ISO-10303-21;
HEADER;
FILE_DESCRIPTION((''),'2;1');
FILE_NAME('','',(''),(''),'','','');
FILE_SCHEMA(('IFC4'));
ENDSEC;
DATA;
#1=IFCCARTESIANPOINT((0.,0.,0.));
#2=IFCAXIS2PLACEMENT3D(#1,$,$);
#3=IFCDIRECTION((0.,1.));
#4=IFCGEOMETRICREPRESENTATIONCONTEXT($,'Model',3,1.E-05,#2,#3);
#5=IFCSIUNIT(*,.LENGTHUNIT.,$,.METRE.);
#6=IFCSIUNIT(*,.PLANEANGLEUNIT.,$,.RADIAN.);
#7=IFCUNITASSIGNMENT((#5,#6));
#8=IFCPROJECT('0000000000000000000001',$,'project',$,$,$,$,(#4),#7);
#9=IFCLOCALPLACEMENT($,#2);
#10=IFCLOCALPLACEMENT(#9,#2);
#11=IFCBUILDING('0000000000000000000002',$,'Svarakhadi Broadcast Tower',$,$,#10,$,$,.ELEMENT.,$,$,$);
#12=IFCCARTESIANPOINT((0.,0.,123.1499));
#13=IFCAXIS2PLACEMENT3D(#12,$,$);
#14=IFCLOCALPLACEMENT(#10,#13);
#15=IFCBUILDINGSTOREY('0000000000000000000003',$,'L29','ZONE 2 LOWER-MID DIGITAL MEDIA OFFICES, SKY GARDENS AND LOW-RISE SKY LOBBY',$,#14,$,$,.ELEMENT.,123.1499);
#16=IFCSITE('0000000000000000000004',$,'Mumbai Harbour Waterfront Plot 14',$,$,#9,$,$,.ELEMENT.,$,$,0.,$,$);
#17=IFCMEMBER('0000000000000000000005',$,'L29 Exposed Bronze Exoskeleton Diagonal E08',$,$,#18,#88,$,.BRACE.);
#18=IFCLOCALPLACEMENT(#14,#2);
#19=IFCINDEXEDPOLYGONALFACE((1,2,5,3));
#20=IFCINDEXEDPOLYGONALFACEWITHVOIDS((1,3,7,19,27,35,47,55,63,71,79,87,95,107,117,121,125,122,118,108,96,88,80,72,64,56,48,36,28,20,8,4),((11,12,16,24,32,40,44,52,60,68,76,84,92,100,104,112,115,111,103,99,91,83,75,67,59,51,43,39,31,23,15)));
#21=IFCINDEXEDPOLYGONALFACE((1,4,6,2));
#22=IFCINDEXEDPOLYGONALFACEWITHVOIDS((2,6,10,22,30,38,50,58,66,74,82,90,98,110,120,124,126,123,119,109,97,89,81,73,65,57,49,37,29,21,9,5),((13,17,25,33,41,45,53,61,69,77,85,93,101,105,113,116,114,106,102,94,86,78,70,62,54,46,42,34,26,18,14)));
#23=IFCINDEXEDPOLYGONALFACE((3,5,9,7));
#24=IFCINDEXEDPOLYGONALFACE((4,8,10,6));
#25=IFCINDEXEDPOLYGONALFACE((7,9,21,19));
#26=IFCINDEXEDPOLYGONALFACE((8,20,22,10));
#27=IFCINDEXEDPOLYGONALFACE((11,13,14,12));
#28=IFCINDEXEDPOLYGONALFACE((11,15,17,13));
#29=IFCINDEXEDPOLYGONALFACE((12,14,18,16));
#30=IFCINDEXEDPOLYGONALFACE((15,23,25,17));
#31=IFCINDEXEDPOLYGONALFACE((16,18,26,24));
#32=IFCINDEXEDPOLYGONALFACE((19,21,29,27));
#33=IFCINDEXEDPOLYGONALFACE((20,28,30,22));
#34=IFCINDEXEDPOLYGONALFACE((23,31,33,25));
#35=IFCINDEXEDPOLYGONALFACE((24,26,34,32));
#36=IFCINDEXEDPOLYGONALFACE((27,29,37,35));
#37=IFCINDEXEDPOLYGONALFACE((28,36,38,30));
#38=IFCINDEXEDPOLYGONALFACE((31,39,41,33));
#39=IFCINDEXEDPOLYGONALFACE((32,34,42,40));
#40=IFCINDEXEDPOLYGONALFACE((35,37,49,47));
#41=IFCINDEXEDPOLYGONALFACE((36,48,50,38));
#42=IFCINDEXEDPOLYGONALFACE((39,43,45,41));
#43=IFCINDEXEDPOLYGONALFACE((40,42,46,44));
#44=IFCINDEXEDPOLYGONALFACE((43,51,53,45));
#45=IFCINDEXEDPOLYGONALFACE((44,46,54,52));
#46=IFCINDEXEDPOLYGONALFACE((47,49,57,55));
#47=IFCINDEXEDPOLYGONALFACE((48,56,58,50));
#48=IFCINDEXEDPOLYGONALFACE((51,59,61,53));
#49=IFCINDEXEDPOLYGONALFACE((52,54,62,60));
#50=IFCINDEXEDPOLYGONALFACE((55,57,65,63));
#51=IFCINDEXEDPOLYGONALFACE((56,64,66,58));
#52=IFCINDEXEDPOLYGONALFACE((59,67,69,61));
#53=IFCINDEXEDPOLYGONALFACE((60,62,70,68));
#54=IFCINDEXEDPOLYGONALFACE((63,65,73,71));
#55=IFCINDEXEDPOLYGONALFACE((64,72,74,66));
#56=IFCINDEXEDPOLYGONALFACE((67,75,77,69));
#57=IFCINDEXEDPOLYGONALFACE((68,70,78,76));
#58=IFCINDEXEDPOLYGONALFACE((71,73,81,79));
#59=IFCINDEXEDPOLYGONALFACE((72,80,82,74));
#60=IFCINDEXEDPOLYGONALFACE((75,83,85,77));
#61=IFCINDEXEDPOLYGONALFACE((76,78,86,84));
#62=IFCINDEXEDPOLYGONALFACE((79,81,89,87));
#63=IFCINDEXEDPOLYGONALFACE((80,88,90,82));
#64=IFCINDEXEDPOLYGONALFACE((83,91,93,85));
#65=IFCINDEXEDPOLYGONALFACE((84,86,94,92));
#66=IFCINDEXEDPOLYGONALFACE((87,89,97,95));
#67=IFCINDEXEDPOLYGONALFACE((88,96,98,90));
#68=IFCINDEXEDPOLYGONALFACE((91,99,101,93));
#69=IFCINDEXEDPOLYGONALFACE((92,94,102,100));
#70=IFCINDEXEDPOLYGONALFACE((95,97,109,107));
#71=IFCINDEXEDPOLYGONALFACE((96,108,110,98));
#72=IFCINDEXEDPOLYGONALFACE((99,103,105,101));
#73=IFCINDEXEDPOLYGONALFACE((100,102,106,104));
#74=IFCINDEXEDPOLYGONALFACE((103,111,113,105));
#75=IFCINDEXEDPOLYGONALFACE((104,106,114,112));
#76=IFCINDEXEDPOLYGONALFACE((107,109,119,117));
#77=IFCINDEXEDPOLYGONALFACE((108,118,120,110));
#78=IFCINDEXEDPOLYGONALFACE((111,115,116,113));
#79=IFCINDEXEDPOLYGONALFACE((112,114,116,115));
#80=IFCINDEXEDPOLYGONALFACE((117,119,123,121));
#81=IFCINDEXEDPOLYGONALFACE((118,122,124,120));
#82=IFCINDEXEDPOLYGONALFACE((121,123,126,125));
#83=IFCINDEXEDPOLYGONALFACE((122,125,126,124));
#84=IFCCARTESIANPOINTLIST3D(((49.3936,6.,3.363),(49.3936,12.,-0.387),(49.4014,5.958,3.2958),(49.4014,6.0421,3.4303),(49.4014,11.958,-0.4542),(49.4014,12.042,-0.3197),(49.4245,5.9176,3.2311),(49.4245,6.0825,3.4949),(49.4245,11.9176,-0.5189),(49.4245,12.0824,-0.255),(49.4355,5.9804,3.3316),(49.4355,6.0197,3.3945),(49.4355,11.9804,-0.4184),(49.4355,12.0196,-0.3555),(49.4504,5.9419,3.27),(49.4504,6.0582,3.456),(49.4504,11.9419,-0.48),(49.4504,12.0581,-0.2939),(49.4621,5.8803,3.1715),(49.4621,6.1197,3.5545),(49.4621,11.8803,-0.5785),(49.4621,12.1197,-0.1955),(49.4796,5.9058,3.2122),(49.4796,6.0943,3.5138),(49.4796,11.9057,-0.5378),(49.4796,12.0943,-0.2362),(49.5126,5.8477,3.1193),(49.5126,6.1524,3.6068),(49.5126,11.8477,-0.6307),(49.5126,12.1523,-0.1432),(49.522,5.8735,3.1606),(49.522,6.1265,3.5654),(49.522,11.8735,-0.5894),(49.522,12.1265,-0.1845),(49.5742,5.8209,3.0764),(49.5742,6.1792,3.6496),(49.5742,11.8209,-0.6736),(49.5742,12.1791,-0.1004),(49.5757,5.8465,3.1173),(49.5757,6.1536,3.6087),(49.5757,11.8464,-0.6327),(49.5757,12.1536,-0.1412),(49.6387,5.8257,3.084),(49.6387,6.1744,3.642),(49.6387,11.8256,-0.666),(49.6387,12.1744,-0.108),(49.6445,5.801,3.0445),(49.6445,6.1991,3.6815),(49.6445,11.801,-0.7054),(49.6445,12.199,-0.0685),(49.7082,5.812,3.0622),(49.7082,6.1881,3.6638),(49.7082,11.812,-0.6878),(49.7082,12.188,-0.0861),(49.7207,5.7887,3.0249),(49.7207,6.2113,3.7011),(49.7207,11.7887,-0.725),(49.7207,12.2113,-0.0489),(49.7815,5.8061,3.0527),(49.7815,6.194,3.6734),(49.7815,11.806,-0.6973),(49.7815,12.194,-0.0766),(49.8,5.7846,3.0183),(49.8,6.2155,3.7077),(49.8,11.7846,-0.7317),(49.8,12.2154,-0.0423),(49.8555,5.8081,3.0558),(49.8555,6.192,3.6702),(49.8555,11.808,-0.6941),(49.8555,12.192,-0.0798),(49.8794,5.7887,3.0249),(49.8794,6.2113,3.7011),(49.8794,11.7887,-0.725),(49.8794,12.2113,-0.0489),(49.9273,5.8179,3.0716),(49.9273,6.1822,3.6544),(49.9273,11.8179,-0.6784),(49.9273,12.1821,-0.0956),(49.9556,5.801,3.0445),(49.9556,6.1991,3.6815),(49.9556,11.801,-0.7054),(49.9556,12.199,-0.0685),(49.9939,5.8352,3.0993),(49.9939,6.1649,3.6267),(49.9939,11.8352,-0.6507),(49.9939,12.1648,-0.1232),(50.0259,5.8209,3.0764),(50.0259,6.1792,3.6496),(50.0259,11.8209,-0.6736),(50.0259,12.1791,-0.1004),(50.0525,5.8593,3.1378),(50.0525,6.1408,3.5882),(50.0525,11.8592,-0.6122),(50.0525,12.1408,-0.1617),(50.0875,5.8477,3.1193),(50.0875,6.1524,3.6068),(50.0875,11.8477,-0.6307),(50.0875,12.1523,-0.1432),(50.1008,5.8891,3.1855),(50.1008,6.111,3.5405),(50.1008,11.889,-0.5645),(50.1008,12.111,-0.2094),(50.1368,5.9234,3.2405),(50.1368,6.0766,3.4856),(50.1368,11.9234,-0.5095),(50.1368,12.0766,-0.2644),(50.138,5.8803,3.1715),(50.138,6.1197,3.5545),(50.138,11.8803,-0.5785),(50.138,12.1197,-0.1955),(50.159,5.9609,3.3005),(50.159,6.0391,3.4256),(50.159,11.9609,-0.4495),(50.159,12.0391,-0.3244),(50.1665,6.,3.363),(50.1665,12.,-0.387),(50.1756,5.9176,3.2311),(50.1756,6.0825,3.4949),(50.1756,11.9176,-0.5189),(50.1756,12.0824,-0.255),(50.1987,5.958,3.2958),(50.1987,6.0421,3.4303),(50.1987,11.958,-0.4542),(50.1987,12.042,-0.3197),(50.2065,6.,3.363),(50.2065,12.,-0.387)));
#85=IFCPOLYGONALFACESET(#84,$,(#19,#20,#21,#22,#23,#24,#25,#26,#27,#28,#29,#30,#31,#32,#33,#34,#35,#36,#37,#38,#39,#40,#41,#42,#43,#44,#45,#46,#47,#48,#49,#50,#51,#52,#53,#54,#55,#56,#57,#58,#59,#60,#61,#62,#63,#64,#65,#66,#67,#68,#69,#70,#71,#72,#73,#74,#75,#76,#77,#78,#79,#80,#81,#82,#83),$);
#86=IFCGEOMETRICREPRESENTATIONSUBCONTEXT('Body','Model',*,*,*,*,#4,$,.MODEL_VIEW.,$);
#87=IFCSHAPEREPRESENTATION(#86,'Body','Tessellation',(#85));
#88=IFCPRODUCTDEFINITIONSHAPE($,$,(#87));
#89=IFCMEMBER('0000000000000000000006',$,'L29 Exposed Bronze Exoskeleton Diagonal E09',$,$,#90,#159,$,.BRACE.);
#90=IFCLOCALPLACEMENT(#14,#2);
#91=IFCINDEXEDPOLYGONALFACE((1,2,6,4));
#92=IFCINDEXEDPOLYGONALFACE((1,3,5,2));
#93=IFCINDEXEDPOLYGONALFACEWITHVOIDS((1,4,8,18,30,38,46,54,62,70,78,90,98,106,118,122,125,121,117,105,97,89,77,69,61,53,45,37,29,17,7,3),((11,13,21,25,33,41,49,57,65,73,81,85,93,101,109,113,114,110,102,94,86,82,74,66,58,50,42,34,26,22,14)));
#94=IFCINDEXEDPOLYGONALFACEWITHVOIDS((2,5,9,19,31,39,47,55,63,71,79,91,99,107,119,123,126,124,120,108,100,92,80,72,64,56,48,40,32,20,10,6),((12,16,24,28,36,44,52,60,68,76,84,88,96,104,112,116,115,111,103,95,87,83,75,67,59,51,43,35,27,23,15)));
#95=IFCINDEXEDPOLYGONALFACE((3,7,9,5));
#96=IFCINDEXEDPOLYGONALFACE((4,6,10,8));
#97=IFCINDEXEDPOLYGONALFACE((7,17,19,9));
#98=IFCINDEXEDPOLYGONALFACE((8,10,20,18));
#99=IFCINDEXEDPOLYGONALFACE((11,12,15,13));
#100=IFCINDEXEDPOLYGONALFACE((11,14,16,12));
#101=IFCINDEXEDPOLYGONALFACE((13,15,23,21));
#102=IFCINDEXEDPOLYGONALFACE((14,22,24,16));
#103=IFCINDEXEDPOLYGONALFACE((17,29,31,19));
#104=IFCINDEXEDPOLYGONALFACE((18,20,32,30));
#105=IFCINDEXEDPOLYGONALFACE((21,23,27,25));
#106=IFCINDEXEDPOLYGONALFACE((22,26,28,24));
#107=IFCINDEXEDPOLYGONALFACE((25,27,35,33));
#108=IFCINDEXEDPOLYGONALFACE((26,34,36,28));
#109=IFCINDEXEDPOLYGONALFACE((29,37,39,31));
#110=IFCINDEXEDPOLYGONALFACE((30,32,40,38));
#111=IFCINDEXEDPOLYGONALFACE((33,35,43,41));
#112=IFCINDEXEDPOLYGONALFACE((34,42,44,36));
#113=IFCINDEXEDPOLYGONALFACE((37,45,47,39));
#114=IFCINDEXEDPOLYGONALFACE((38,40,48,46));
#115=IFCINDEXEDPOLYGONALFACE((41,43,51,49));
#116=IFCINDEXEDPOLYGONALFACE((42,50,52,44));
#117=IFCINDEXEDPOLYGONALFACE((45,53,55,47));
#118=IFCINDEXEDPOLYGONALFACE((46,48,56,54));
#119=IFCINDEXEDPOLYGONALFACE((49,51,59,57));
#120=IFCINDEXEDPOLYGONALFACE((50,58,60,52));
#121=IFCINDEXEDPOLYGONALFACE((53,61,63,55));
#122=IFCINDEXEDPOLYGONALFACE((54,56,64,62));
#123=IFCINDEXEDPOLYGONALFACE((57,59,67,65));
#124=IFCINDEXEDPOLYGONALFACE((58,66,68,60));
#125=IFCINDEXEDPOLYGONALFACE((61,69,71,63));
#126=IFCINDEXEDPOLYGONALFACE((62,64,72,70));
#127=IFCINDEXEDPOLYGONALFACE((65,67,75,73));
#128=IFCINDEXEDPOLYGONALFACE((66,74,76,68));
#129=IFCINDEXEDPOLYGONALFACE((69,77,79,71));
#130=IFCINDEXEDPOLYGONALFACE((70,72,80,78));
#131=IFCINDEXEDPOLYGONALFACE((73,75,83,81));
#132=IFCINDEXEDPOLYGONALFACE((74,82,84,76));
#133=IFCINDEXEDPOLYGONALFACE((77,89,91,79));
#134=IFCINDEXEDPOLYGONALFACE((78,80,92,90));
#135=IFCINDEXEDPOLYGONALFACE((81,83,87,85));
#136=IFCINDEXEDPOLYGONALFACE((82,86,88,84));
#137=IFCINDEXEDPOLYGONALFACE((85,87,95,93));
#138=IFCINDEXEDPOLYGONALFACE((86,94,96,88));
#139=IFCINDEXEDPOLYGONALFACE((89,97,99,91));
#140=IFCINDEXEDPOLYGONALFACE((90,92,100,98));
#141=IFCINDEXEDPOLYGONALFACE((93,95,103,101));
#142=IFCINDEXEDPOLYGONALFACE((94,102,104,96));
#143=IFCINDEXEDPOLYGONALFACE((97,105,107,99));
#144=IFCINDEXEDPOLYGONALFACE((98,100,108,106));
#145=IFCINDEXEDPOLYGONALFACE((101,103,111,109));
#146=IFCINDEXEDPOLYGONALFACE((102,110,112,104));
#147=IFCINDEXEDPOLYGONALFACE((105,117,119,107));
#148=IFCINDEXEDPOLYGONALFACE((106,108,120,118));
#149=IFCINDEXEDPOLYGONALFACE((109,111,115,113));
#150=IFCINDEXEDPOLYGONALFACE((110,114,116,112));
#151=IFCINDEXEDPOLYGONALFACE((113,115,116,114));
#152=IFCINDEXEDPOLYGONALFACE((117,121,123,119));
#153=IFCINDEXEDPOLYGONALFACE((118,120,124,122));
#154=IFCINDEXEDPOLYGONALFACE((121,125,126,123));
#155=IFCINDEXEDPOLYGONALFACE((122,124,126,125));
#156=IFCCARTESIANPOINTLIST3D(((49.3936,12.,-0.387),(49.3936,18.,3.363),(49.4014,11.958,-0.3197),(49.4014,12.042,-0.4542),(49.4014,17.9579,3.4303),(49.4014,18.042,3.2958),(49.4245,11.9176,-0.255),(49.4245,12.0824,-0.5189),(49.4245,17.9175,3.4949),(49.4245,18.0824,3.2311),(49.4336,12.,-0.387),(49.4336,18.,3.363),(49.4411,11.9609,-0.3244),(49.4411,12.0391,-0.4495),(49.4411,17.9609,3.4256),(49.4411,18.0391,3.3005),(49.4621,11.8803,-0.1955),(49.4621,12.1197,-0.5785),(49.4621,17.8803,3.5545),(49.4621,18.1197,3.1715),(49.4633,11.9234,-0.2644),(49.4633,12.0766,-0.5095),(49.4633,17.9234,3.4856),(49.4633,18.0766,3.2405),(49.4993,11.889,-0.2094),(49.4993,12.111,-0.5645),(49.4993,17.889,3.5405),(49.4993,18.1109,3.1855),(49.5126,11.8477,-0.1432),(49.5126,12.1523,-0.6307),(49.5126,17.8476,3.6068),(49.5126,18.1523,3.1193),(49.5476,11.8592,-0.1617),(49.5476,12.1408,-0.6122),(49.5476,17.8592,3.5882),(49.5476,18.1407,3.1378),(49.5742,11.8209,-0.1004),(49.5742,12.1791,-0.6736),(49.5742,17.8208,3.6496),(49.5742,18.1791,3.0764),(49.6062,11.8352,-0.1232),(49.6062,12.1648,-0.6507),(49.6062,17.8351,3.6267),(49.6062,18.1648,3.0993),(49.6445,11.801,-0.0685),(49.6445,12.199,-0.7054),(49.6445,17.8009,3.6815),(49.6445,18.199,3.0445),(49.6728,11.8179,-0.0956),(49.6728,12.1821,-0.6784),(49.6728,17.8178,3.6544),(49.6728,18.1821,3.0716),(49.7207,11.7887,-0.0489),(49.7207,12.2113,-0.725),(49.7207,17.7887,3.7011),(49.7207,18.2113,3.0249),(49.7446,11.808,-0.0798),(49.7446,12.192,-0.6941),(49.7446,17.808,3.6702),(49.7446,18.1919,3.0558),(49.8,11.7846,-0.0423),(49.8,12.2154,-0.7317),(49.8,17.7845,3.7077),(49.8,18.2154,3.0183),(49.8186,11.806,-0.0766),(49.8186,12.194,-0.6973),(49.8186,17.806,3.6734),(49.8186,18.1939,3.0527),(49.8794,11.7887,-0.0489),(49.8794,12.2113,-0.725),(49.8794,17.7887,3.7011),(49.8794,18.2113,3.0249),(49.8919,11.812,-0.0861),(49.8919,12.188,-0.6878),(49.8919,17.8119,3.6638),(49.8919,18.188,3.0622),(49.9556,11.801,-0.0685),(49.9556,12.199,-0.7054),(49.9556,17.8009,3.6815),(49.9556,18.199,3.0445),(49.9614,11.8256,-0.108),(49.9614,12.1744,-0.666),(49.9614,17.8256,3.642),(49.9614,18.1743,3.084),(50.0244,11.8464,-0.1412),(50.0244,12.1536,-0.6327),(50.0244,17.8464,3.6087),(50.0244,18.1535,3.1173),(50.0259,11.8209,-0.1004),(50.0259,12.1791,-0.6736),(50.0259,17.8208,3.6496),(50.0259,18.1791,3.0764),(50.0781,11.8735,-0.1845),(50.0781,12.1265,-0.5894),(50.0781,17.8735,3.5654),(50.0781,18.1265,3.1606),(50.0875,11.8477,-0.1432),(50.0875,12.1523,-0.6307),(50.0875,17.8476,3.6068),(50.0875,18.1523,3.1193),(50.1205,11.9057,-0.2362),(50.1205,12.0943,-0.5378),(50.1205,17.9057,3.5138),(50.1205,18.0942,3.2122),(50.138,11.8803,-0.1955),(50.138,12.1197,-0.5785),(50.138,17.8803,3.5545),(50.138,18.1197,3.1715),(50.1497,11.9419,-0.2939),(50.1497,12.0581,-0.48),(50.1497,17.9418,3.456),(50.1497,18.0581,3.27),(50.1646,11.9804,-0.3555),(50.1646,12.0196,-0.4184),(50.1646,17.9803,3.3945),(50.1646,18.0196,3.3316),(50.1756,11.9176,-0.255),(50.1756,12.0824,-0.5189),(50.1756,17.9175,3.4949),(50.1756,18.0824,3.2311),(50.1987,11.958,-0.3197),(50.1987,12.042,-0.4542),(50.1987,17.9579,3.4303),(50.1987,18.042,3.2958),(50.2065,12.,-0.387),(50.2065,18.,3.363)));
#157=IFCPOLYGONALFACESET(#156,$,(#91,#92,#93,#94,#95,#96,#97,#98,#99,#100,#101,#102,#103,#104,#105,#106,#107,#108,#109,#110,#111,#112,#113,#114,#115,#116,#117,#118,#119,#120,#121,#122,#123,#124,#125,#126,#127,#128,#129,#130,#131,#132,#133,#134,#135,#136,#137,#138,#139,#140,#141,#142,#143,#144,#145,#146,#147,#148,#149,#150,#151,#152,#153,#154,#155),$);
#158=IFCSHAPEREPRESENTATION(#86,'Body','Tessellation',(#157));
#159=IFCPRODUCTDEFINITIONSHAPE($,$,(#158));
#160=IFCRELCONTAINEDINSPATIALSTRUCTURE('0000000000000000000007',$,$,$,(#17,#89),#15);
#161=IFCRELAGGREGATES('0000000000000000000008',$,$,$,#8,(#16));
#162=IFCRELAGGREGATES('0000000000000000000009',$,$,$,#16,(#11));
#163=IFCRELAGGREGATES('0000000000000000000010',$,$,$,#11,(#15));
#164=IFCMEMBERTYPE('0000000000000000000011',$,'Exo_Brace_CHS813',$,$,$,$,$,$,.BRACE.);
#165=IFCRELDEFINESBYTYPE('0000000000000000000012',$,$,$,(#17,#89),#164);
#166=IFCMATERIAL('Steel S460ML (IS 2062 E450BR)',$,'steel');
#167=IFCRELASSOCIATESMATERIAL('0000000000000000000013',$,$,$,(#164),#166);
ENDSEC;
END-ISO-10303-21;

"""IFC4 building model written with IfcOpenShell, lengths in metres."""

from ifc_helpers import new_model, si_unit, direction, frame, origin, origin_2d, place, context, subcontext, project, spatial, hollow_circle, extrude, material, material_profile, profile_set, type_object, element, save


model = new_model("IFC4")

# Units and contexts
model_context = context("Model", 3, precision=1e-05, world=origin(), true_north=direction((0.0, 1.0)))
body_context = subcontext(model_context, "Body", "Model", "MODEL_VIEW")
ifc_project = project(units=[si_unit("LENGTHUNIT", "METRE"), si_unit("PLANEANGLEUNIT", "RADIAN")], contexts=[model_context])

# Site, building, storey
site_placement = place(None, origin())
site = spatial("IfcSite", under=ifc_project, at=site_placement, Name="Mumbai Harbour Waterfront Plot 14", CompositionType="ELEMENT", RefElevation=0.0)
building_placement = place(site_placement, origin())
building = spatial("IfcBuilding", under=site, at=building_placement, Name="Svarakhadi Broadcast Tower", CompositionType="ELEMENT")
storey_placement = place(building_placement, frame((0.0, 0.0, 123.1499)))
storey = spatial("IfcBuildingStorey", under=building, at=storey_placement, Name="L29", Description="ZONE 2 LOWER-MID DIGITAL MEDIA OFFICES, SKY GARDENS AND LOW-RISE SKY LOBBY", CompositionType="ELEMENT", Elevation=123.1499)

# Shared definitions
ifc_material_1 = material(Name="Steel S460ML (IS 2062 E450BR)", Category="steel")

# Members
ifc_material_profile_1 = material_profile(ifc_material_1, hollow_circle(Radius=0.4065, WallThickness=0.04, at=origin_2d()), Name="CHS 813x40")
ifc_profile_set_1 = profile_set([ifc_material_profile_1], Name="Steel S460ML (IS 2062 E450BR)")
member_type_1 = type_object("IfcMemberType", Name="Exo_Brace_CHS813", PredefinedType="BRACE", material=ifc_profile_set_1)
for number, where, z_axis, x_axis, name in (
    (1, (49.8, 12.0, -0.387), (0.0, -0.847998, 0.529999), (1.0, 0.0, 0.0), "L29 Exposed Bronze Exoskeleton Diagonal E08"),
    (2, (49.8, 12.0, -0.387), (0.0, 0.847998, 0.529999), (-1.0, 0.0, 0.0), "L29 Exposed Bronze Exoskeleton Diagonal E09"),
):
    element("IfcMember", number, at=place(storey_placement, frame(where, z_axis=z_axis, x_axis=x_axis)), inside=storey, type_object=member_type_1, Name=name, PredefinedType="BRACE", context=body_context, shape_type="SweptSolid", body=[
        extrude(hollow_circle(Radius=0.4065, WallThickness=0.04, at=origin_2d()), origin(), (0.0, 0.0, 1.0), 7.0754),
    ])

save(model, "model.ifc")
